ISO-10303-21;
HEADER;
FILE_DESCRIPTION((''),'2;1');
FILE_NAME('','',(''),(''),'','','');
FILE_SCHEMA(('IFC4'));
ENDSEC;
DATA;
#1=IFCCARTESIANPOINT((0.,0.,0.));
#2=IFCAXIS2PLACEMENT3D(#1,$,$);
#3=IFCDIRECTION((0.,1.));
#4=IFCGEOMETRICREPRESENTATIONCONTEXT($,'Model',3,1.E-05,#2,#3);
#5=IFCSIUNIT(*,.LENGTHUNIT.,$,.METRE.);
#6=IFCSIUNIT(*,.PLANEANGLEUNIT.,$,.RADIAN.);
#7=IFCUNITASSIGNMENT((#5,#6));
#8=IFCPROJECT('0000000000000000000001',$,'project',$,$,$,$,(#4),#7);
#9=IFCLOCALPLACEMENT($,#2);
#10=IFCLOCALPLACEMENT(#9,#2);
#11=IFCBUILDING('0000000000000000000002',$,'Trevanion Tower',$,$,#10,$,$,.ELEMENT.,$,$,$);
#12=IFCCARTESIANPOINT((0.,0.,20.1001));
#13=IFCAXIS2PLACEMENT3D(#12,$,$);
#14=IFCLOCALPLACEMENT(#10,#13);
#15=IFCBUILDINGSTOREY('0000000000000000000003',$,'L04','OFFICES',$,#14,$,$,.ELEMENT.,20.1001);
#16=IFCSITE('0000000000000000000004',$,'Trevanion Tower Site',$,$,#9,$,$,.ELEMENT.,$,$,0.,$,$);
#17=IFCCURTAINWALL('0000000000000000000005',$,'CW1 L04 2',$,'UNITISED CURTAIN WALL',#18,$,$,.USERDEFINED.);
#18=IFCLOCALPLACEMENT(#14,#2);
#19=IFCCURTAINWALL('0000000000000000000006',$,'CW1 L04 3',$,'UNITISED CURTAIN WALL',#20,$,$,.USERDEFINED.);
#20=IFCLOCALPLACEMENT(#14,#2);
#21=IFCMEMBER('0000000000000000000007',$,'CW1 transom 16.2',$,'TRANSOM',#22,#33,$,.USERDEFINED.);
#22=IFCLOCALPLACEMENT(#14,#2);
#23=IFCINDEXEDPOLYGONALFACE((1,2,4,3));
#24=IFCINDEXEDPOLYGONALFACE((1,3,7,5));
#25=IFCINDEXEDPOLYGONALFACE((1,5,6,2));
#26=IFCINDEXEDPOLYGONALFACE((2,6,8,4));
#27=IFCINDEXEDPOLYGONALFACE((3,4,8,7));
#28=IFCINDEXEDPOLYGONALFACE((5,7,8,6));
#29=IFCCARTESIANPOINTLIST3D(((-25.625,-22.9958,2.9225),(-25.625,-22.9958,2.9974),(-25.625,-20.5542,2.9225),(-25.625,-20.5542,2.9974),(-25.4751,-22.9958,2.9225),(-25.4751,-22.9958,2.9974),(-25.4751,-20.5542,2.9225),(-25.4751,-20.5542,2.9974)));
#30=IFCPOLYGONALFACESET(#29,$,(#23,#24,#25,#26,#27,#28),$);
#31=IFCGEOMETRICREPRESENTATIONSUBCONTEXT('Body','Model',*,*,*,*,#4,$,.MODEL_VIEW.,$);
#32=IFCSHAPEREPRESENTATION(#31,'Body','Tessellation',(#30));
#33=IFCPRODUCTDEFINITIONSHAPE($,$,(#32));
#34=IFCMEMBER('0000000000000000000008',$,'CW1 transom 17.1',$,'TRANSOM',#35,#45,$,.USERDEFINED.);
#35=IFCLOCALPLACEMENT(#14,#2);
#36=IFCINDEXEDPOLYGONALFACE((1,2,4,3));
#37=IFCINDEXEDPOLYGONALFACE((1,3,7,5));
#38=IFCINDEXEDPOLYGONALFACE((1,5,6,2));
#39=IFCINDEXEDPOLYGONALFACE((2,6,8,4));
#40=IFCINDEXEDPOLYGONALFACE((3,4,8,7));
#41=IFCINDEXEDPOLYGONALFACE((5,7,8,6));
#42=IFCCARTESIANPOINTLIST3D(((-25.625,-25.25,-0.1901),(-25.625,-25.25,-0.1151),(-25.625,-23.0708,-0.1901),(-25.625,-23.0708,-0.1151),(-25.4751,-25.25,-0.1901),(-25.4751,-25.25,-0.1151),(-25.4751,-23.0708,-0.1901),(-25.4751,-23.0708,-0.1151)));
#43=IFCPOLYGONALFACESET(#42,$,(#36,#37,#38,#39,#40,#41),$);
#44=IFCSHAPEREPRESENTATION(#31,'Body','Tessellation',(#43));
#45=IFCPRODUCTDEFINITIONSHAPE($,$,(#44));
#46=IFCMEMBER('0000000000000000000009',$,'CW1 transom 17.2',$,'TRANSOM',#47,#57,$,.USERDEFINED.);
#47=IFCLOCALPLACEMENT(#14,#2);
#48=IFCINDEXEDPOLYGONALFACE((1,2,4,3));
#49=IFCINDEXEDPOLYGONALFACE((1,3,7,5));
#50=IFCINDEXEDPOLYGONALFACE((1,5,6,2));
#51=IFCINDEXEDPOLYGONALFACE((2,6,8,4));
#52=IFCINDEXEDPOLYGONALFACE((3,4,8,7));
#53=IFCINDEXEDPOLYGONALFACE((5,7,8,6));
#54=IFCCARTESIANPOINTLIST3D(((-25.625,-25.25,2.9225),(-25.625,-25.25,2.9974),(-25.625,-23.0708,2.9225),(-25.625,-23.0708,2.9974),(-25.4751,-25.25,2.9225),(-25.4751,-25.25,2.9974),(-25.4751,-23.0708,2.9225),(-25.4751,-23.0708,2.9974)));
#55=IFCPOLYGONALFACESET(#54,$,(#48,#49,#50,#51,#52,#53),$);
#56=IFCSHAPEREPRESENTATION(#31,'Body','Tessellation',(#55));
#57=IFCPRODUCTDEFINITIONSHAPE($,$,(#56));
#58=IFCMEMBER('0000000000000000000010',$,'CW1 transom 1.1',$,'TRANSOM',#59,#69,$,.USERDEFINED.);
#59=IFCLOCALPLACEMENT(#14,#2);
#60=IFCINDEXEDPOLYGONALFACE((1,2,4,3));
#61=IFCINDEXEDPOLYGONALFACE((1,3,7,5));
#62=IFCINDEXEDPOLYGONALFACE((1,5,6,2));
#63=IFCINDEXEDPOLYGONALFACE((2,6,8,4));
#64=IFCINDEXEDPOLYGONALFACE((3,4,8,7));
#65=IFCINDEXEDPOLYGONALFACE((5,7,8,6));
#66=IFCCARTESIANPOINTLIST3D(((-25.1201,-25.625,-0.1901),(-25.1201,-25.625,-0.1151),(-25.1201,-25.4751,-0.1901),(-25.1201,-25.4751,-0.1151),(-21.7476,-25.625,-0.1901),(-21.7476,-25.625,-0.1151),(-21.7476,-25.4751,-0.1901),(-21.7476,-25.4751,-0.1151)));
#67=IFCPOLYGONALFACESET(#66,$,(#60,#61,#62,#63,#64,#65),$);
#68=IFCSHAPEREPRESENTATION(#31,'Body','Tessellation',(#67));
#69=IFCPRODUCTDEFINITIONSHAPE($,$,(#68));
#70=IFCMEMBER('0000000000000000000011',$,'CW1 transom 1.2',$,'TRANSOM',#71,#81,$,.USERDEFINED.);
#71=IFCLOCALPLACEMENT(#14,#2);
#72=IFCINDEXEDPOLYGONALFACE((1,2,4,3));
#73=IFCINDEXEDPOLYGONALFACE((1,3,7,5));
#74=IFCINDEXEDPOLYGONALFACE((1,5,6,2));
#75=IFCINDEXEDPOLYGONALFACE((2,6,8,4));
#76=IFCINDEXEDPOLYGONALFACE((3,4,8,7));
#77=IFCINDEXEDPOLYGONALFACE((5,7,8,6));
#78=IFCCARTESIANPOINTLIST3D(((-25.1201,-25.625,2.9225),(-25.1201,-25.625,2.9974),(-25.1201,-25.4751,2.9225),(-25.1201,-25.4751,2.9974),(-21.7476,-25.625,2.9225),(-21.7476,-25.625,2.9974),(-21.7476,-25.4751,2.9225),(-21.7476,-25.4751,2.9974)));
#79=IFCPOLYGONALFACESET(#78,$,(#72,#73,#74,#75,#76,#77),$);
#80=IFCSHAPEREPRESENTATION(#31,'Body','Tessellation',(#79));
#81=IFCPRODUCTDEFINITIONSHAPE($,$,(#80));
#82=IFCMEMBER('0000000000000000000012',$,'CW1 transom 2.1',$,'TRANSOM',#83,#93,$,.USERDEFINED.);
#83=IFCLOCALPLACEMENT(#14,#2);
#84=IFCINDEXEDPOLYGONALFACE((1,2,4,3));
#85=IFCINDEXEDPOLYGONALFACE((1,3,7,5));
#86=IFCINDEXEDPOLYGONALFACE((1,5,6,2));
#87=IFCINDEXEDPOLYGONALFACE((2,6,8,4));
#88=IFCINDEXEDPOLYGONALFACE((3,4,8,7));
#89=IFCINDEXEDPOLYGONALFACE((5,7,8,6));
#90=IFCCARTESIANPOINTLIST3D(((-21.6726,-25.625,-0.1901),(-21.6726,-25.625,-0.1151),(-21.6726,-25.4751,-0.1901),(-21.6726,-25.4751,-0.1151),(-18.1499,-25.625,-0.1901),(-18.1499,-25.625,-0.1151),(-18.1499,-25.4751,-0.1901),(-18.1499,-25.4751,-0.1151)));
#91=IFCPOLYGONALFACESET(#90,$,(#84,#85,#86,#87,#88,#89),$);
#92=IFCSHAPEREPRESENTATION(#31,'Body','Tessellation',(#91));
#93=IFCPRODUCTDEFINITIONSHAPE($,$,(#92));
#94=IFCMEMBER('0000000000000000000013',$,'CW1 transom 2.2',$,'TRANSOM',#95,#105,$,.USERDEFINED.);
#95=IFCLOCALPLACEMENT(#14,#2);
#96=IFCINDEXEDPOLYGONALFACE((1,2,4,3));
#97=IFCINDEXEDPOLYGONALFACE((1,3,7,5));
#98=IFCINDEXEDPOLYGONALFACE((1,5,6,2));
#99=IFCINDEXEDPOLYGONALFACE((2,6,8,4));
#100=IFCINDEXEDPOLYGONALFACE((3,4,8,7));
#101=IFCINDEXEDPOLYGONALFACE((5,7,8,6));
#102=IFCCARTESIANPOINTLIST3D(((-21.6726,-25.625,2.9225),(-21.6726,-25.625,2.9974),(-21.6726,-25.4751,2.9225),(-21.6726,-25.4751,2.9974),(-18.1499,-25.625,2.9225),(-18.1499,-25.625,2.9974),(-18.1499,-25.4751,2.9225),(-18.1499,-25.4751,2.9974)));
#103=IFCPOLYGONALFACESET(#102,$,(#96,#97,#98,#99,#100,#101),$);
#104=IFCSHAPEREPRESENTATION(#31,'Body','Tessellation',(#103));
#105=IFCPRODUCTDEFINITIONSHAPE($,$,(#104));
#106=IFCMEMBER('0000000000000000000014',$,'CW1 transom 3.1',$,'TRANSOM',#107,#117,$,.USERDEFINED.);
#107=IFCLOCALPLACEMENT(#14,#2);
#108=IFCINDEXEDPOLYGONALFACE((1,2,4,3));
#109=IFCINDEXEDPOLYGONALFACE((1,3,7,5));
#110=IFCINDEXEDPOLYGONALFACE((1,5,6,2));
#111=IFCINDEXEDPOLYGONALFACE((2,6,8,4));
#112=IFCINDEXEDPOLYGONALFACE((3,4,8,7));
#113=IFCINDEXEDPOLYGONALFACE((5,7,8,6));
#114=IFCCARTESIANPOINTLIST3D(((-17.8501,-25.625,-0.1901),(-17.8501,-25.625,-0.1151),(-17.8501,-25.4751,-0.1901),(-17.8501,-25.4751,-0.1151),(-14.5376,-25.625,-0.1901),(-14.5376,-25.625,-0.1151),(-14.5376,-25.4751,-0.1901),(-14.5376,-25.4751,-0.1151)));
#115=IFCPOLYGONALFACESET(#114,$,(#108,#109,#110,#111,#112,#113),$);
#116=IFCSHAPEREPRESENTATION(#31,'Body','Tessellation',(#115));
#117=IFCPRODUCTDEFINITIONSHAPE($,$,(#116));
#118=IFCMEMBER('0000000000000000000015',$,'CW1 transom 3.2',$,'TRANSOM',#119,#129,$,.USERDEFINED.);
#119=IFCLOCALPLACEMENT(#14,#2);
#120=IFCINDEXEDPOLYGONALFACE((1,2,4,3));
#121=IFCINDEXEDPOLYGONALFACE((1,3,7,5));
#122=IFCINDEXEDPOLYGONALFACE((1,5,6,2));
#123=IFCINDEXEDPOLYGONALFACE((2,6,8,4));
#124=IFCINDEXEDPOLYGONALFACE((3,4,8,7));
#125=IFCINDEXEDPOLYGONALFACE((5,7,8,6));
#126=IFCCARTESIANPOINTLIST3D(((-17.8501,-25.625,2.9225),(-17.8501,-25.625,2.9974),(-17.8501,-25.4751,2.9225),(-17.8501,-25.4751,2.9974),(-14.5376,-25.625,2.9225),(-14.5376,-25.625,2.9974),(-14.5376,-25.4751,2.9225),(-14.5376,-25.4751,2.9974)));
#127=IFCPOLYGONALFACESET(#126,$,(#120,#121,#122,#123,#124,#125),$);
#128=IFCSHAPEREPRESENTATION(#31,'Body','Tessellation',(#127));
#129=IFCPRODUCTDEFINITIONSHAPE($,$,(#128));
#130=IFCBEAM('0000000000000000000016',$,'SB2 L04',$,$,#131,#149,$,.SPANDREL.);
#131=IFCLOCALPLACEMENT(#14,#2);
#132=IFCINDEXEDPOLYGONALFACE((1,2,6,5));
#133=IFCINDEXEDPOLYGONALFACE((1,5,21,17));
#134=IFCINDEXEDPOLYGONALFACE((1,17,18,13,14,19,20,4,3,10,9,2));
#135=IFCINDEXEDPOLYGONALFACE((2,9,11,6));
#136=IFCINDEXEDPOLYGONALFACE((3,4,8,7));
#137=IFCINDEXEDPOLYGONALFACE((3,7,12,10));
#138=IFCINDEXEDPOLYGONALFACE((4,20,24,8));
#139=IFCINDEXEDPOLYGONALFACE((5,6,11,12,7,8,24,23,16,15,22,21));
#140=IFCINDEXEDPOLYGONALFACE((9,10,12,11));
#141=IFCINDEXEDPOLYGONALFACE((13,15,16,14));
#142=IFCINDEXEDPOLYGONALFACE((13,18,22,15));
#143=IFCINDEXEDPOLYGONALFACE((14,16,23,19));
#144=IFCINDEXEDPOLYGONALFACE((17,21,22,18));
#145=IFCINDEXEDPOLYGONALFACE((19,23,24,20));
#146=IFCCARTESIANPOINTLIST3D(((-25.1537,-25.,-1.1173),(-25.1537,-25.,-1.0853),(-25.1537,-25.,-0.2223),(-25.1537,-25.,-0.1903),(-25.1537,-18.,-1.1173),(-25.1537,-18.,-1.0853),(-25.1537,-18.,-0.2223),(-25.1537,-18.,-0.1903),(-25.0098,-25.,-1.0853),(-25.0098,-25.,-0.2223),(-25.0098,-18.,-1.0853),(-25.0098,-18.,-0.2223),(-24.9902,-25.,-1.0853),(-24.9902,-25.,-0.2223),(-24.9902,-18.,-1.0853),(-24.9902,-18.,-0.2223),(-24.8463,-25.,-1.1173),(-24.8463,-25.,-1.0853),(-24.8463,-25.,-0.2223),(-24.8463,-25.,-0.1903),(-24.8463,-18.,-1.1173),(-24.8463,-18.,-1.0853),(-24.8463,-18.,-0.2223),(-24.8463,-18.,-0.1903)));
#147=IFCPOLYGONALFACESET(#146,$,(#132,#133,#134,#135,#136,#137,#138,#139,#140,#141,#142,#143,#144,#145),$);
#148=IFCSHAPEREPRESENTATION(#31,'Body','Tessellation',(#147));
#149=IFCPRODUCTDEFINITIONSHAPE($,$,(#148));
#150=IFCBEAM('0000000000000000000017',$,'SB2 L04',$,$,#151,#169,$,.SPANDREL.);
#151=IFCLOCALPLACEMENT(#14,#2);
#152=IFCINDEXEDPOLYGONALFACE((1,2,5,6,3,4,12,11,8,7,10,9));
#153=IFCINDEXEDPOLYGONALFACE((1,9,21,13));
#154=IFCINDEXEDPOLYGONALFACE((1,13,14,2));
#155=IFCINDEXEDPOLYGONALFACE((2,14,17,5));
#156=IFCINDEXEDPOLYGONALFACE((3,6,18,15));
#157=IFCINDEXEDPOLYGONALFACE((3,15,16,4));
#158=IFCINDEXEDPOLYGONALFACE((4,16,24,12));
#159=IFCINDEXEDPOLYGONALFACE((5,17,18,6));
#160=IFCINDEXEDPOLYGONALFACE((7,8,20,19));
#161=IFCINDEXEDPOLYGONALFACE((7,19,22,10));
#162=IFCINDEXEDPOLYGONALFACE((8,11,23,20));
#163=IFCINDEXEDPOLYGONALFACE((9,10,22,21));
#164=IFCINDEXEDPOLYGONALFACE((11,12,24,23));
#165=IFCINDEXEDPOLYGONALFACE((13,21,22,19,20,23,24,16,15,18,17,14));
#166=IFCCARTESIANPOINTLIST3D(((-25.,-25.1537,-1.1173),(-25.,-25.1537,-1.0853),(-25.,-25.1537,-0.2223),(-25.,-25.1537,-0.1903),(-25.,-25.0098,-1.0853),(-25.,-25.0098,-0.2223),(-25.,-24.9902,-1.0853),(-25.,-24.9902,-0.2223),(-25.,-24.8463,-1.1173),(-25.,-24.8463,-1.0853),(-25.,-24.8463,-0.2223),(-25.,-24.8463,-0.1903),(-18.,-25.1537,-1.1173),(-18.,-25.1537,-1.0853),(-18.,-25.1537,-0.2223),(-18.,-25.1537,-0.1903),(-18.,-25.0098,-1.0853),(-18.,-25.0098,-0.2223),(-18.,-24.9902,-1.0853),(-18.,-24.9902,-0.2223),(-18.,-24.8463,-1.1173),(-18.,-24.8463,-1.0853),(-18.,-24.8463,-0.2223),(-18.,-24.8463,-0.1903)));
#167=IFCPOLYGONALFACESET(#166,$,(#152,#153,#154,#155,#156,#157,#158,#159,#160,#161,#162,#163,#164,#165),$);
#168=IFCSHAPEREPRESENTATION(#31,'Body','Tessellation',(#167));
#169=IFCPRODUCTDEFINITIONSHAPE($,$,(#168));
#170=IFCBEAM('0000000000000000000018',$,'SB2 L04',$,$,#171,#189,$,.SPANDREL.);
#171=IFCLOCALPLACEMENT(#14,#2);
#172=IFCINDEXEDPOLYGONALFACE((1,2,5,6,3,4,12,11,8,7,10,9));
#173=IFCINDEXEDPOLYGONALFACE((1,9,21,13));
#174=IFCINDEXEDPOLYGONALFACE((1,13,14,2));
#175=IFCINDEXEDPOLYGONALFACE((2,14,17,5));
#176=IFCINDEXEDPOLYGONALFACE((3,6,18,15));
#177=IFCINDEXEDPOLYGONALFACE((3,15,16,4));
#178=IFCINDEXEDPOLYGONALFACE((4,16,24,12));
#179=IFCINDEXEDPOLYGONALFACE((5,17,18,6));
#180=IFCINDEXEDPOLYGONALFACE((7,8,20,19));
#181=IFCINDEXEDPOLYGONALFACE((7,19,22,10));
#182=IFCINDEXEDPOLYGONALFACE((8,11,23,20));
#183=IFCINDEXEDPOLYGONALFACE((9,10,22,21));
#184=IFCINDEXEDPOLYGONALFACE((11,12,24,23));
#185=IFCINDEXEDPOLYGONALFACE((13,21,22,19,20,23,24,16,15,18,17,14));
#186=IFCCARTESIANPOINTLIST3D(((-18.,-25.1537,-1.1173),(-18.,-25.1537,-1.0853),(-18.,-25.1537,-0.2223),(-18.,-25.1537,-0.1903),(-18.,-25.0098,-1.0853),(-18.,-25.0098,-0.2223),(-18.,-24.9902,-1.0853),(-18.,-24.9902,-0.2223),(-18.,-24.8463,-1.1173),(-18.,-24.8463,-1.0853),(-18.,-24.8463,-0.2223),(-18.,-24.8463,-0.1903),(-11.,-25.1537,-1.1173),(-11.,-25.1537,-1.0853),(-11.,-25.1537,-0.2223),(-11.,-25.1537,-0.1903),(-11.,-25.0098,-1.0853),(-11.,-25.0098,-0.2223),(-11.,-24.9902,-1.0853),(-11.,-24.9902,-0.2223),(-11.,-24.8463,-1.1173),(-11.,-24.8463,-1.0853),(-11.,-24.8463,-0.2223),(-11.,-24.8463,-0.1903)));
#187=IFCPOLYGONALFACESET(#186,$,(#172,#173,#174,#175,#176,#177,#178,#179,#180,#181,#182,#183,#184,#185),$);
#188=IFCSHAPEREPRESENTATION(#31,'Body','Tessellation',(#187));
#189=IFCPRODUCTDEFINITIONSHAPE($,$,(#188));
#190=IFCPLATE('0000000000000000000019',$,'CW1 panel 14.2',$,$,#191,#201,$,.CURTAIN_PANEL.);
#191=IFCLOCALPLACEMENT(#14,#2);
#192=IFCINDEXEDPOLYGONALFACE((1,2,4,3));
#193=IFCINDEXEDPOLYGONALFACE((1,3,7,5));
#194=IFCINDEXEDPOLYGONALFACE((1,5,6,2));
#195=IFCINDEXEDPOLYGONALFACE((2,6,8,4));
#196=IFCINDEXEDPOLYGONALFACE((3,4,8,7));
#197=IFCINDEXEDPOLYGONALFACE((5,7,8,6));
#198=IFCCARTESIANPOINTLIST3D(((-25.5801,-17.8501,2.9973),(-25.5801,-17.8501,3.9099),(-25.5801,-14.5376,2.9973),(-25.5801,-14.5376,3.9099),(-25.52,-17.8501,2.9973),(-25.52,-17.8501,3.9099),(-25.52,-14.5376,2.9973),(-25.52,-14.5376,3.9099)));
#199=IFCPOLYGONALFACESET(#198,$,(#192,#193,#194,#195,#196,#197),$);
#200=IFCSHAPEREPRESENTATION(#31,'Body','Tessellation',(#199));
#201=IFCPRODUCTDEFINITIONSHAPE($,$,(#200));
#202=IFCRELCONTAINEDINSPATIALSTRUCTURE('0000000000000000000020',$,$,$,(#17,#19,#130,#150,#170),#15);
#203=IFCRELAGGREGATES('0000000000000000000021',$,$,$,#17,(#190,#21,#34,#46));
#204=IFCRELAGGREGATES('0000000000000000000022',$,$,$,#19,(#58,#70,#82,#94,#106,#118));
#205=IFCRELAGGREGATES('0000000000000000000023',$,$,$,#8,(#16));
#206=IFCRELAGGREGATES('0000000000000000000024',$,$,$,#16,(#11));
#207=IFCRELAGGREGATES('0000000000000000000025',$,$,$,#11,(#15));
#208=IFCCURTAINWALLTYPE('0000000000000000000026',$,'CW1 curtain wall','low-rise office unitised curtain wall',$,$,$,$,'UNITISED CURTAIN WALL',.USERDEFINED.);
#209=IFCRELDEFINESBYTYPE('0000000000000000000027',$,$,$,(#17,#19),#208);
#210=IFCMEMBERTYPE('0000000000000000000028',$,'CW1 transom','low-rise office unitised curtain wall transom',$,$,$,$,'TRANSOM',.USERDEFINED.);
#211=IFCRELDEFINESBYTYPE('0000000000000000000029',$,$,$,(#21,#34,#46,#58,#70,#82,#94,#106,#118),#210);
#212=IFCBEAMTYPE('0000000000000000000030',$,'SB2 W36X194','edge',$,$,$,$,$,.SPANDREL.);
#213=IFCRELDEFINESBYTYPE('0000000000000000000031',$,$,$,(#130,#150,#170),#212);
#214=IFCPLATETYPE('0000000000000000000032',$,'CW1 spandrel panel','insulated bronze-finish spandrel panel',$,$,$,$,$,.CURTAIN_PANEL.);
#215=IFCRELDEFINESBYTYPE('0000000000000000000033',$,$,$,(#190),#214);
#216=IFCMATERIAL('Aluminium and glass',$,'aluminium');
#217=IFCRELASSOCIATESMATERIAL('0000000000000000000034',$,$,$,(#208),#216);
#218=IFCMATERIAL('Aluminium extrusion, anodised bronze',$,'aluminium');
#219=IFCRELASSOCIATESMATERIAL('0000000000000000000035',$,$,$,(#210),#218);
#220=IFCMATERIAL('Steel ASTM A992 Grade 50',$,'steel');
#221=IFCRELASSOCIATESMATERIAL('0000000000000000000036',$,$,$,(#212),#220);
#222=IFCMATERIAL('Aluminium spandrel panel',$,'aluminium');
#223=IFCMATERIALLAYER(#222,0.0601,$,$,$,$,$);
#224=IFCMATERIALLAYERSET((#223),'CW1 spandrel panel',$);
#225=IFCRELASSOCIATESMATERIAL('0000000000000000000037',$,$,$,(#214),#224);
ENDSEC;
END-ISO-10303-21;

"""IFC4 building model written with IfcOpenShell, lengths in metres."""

from ifc_helpers import new_model, si_unit, direction, frame, origin, origin_2d, place, context, subcontext, project, spatial, rectangle, i_section, extrude, material, layer, layer_set, material_profile, profile_set, type_object, element, aggregate, save


model = new_model("IFC4")

# Units and contexts
model_context = context("Model", 3, precision=1e-05, world=origin(), true_north=direction((0.0, 1.0)))
body_context = subcontext(model_context, "Body", "Model", "MODEL_VIEW")
ifc_project = project(units=[si_unit("LENGTHUNIT", "METRE"), si_unit("PLANEANGLEUNIT", "RADIAN")], contexts=[model_context])

# Site, building, storey
site_placement = place(None, origin())
site = spatial("IfcSite", under=ifc_project, at=site_placement, Name="Trevanion Tower Site", CompositionType="ELEMENT", RefElevation=0.0)
building_placement = place(site_placement, origin())
building = spatial("IfcBuilding", under=site, at=building_placement, Name="Trevanion Tower", CompositionType="ELEMENT")
storey_placement = place(building_placement, frame((0.0, 0.0, 20.1001)))
storey = spatial("IfcBuildingStorey", under=building, at=storey_placement, Name="L04", Description="OFFICES", CompositionType="ELEMENT", Elevation=20.1001)

# Curtain wall
ifc_material_1 = material(Name="Aluminium and glass", Category="aluminium")
curtain_wall_type = type_object("IfcCurtainWallType", Name="CW1 curtain wall", Description="low-rise office unitised curtain wall", ElementType="UNITISED CURTAIN WALL", PredefinedType="USERDEFINED", material=ifc_material_1)
curtain_wall_1_placement = place(storey_placement, origin())
curtain_wall_1 = element("IfcCurtainWall", 1, at=curtain_wall_1_placement, inside=storey, type_object=curtain_wall_type, Name="CW1 L04 2", ObjectType="UNITISED CURTAIN WALL", PredefinedType="USERDEFINED")

# Curtain wall
curtain_wall_2_placement = place(storey_placement, origin())
curtain_wall_2 = element("IfcCurtainWall", 2, at=curtain_wall_2_placement, inside=storey, type_object=curtain_wall_type, Name="CW1 L04 3", ObjectType="UNITISED CURTAIN WALL", PredefinedType="USERDEFINED")

# Members
ifc_material_2 = material(Name="Aluminium extrusion, anodised bronze", Category="aluminium")
ifc_material_profile_1 = material_profile(ifc_material_2, rectangle(XDim=0.1499, YDim=0.075, at=origin_2d()), Name="CW1 transom")
ifc_profile_set_1 = profile_set([ifc_material_profile_1], Name="Aluminium extrusion, anodised bronze")
member_type_1 = type_object("IfcMemberType", Name="CW1 transom", Description="low-rise office unitised curtain wall transom", ElementType="TRANSOM", PredefinedType="USERDEFINED", material=ifc_profile_set_1)
member_1_placement = place(storey_placement, frame((-25.55, -20.5542, 2.96), z_axis=(0.0, -1.0, 0.0), x_axis=(1.0, 0.0, 0.0)))
member_1 = element("IfcMember", 3, at=member_1_placement, type_object=member_type_1, Name="CW1 transom 16.2", ObjectType="TRANSOM", PredefinedType="USERDEFINED", context=body_context, shape_type="SweptSolid", body=[
    extrude(rectangle(XDim=0.1499, YDim=0.075, at=origin_2d()), origin(), (0.0, 0.0, 1.0), 2.4417),
])
member_2_placement = place(storey_placement, frame((-25.55, -23.0708, -0.1526), z_axis=(0.0, -1.0, 0.0), x_axis=(1.0, 0.0, 0.0)))
member_2 = element("IfcMember", 4, at=member_2_placement, type_object=member_type_1, Name="CW1 transom 17.1", ObjectType="TRANSOM", PredefinedType="USERDEFINED", context=body_context, shape_type="SweptSolid", body=[
    extrude(rectangle(XDim=0.1499, YDim=0.075, at=origin_2d()), origin(), (0.0, 0.0, 1.0), 2.1792),
])
member_3_placement = place(storey_placement, frame((-25.55, -23.0708, 2.96), z_axis=(0.0, -1.0, 0.0), x_axis=(1.0, 0.0, 0.0)))
member_3 = element("IfcMember", 5, at=member_3_placement, type_object=member_type_1, Name="CW1 transom 17.2", ObjectType="TRANSOM", PredefinedType="USERDEFINED", context=body_context, shape_type="SweptSolid", body=[
    extrude(rectangle(XDim=0.1499, YDim=0.075, at=origin_2d()), origin(), (0.0, 0.0, 1.0), 2.1792),
])
member_4_placement = place(storey_placement, frame((-25.1201, -25.55, -0.1526), z_axis=(1.0, 0.0, 0.0), x_axis=(0.0, 1.0, 0.0)))
member_4 = element("IfcMember", 6, at=member_4_placement, type_object=member_type_1, Name="CW1 transom 1.1", ObjectType="TRANSOM", PredefinedType="USERDEFINED", context=body_context, shape_type="SweptSolid", body=[
    extrude(rectangle(XDim=0.1499, YDim=0.075, at=origin_2d()), origin(), (0.0, 0.0, 1.0), 3.3726),
])
member_5_placement = place(storey_placement, frame((-25.1201, -25.55, 2.96), z_axis=(1.0, 0.0, 0.0), x_axis=(0.0, 1.0, 0.0)))
member_5 = element("IfcMember", 7, at=member_5_placement, type_object=member_type_1, Name="CW1 transom 1.2", ObjectType="TRANSOM", PredefinedType="USERDEFINED", context=body_context, shape_type="SweptSolid", body=[
    extrude(rectangle(XDim=0.1499, YDim=0.075, at=origin_2d()), origin(), (0.0, 0.0, 1.0), 3.3726),
])
member_6_placement = place(storey_placement, frame((-21.6726, -25.55, -0.1526), z_axis=(1.0, 0.0, 0.0), x_axis=(0.0, 1.0, 0.0)))
member_6 = element("IfcMember", 8, at=member_6_placement, type_object=member_type_1, Name="CW1 transom 2.1", ObjectType="TRANSOM", PredefinedType="USERDEFINED", context=body_context, shape_type="SweptSolid", body=[
    extrude(rectangle(XDim=0.1499, YDim=0.075, at=origin_2d()), origin(), (0.0, 0.0, 1.0), 3.5227),
])
member_7_placement = place(storey_placement, frame((-21.6726, -25.55, 2.96), z_axis=(1.0, 0.0, 0.0), x_axis=(0.0, 1.0, 0.0)))
member_7 = element("IfcMember", 9, at=member_7_placement, type_object=member_type_1, Name="CW1 transom 2.2", ObjectType="TRANSOM", PredefinedType="USERDEFINED", context=body_context, shape_type="SweptSolid", body=[
    extrude(rectangle(XDim=0.1499, YDim=0.075, at=origin_2d()), origin(), (0.0, 0.0, 1.0), 3.5227),
])
member_8_placement = place(storey_placement, frame((-17.8501, -25.55, -0.1526), z_axis=(1.0, 0.0, 0.0), x_axis=(0.0, 1.0, 0.0)))
member_8 = element("IfcMember", 10, at=member_8_placement, type_object=member_type_1, Name="CW1 transom 3.1", ObjectType="TRANSOM", PredefinedType="USERDEFINED", context=body_context, shape_type="SweptSolid", body=[
    extrude(rectangle(XDim=0.1499, YDim=0.075, at=origin_2d()), origin(), (0.0, 0.0, 1.0), 3.3125),
])
member_9_placement = place(storey_placement, frame((-17.8501, -25.55, 2.96), z_axis=(1.0, 0.0, 0.0), x_axis=(0.0, 1.0, 0.0)))
member_9 = element("IfcMember", 11, at=member_9_placement, type_object=member_type_1, Name="CW1 transom 3.2", ObjectType="TRANSOM", PredefinedType="USERDEFINED", context=body_context, shape_type="SweptSolid", body=[
    extrude(rectangle(XDim=0.1499, YDim=0.075, at=origin_2d()), origin(), (0.0, 0.0, 1.0), 3.3125),
])

# Beams
ifc_material_3 = material(Name="Steel ASTM A992 Grade 50", Category="steel")
ifc_material_profile_2 = material_profile(ifc_material_3, i_section(OverallWidth=0.3074, OverallDepth=0.927, WebThickness=0.0195, FlangeThickness=0.032, at=origin_2d()), Name="W36X194")
ifc_profile_set_2 = profile_set([ifc_material_profile_2], Name="Steel ASTM A992 Grade 50")
beam_type = type_object("IfcBeamType", Name="SB2 W36X194", Description="edge", PredefinedType="SPANDREL", material=ifc_profile_set_2)
for number, where, z_axis, x_axis, name in (
    (12, (-25.0, -18.0, -0.6538), (0.0, -1.0, 0.0), (1.0, 0.0, 0.0), "SB2 L04"),
    (13, (-25.0, -25.0, -0.6538), (1.0, 0.0, 0.0), (0.0, 1.0, 0.0), "SB2 L04"),
    (14, (-18.0, -25.0, -0.6538), (1.0, 0.0, 0.0), (0.0, 1.0, 0.0), "SB2 L04"),
):
    element("IfcBeam", number, at=place(storey_placement, frame(where, z_axis=z_axis, x_axis=x_axis)), inside=storey, type_object=beam_type, Name=name, PredefinedType="SPANDREL", context=body_context, shape_type="SweptSolid", body=[
        extrude(i_section(OverallWidth=0.3074, OverallDepth=0.927, WebThickness=0.0195, FlangeThickness=0.032, at=origin_2d()), origin(), (0.0, 0.0, 1.0), 7.0),
    ])

# Plate
ifc_material_4 = material(Name="Aluminium spandrel panel", Category="aluminium")
ifc_layer_1 = layer(ifc_material_4, 0.0601)
ifc_layer_set_1 = layer_set([ifc_layer_1], Name="CW1 spandrel panel")
plate_type_1 = type_object("IfcPlateType", Name="CW1 spandrel panel", Description="insulated bronze-finish spandrel panel", PredefinedType="CURTAIN_PANEL", material=ifc_layer_set_1)
plate_1_placement = place(storey_placement, frame((-25.55, -16.1938, 2.9973), z_axis=(0.0, 0.0, 1.0), x_axis=(0.0, -1.0, 0.0)))
plate_1 = element("IfcPlate", 15, at=plate_1_placement, type_object=plate_type_1, Name="CW1 panel 14.2", PredefinedType="CURTAIN_PANEL", context=body_context, shape_type="SweptSolid", body=[
    extrude(rectangle(XDim=3.3125, YDim=0.0601, at=origin_2d()), origin(), (0.0, 0.0, 1.0), 0.9126),
])
aggregate(curtain_wall_1, [plate_1, member_1, member_2, member_3])
aggregate(curtain_wall_2, [member_4, member_5, member_6, member_7, member_8, member_9])

save(model, "model.ifc")
